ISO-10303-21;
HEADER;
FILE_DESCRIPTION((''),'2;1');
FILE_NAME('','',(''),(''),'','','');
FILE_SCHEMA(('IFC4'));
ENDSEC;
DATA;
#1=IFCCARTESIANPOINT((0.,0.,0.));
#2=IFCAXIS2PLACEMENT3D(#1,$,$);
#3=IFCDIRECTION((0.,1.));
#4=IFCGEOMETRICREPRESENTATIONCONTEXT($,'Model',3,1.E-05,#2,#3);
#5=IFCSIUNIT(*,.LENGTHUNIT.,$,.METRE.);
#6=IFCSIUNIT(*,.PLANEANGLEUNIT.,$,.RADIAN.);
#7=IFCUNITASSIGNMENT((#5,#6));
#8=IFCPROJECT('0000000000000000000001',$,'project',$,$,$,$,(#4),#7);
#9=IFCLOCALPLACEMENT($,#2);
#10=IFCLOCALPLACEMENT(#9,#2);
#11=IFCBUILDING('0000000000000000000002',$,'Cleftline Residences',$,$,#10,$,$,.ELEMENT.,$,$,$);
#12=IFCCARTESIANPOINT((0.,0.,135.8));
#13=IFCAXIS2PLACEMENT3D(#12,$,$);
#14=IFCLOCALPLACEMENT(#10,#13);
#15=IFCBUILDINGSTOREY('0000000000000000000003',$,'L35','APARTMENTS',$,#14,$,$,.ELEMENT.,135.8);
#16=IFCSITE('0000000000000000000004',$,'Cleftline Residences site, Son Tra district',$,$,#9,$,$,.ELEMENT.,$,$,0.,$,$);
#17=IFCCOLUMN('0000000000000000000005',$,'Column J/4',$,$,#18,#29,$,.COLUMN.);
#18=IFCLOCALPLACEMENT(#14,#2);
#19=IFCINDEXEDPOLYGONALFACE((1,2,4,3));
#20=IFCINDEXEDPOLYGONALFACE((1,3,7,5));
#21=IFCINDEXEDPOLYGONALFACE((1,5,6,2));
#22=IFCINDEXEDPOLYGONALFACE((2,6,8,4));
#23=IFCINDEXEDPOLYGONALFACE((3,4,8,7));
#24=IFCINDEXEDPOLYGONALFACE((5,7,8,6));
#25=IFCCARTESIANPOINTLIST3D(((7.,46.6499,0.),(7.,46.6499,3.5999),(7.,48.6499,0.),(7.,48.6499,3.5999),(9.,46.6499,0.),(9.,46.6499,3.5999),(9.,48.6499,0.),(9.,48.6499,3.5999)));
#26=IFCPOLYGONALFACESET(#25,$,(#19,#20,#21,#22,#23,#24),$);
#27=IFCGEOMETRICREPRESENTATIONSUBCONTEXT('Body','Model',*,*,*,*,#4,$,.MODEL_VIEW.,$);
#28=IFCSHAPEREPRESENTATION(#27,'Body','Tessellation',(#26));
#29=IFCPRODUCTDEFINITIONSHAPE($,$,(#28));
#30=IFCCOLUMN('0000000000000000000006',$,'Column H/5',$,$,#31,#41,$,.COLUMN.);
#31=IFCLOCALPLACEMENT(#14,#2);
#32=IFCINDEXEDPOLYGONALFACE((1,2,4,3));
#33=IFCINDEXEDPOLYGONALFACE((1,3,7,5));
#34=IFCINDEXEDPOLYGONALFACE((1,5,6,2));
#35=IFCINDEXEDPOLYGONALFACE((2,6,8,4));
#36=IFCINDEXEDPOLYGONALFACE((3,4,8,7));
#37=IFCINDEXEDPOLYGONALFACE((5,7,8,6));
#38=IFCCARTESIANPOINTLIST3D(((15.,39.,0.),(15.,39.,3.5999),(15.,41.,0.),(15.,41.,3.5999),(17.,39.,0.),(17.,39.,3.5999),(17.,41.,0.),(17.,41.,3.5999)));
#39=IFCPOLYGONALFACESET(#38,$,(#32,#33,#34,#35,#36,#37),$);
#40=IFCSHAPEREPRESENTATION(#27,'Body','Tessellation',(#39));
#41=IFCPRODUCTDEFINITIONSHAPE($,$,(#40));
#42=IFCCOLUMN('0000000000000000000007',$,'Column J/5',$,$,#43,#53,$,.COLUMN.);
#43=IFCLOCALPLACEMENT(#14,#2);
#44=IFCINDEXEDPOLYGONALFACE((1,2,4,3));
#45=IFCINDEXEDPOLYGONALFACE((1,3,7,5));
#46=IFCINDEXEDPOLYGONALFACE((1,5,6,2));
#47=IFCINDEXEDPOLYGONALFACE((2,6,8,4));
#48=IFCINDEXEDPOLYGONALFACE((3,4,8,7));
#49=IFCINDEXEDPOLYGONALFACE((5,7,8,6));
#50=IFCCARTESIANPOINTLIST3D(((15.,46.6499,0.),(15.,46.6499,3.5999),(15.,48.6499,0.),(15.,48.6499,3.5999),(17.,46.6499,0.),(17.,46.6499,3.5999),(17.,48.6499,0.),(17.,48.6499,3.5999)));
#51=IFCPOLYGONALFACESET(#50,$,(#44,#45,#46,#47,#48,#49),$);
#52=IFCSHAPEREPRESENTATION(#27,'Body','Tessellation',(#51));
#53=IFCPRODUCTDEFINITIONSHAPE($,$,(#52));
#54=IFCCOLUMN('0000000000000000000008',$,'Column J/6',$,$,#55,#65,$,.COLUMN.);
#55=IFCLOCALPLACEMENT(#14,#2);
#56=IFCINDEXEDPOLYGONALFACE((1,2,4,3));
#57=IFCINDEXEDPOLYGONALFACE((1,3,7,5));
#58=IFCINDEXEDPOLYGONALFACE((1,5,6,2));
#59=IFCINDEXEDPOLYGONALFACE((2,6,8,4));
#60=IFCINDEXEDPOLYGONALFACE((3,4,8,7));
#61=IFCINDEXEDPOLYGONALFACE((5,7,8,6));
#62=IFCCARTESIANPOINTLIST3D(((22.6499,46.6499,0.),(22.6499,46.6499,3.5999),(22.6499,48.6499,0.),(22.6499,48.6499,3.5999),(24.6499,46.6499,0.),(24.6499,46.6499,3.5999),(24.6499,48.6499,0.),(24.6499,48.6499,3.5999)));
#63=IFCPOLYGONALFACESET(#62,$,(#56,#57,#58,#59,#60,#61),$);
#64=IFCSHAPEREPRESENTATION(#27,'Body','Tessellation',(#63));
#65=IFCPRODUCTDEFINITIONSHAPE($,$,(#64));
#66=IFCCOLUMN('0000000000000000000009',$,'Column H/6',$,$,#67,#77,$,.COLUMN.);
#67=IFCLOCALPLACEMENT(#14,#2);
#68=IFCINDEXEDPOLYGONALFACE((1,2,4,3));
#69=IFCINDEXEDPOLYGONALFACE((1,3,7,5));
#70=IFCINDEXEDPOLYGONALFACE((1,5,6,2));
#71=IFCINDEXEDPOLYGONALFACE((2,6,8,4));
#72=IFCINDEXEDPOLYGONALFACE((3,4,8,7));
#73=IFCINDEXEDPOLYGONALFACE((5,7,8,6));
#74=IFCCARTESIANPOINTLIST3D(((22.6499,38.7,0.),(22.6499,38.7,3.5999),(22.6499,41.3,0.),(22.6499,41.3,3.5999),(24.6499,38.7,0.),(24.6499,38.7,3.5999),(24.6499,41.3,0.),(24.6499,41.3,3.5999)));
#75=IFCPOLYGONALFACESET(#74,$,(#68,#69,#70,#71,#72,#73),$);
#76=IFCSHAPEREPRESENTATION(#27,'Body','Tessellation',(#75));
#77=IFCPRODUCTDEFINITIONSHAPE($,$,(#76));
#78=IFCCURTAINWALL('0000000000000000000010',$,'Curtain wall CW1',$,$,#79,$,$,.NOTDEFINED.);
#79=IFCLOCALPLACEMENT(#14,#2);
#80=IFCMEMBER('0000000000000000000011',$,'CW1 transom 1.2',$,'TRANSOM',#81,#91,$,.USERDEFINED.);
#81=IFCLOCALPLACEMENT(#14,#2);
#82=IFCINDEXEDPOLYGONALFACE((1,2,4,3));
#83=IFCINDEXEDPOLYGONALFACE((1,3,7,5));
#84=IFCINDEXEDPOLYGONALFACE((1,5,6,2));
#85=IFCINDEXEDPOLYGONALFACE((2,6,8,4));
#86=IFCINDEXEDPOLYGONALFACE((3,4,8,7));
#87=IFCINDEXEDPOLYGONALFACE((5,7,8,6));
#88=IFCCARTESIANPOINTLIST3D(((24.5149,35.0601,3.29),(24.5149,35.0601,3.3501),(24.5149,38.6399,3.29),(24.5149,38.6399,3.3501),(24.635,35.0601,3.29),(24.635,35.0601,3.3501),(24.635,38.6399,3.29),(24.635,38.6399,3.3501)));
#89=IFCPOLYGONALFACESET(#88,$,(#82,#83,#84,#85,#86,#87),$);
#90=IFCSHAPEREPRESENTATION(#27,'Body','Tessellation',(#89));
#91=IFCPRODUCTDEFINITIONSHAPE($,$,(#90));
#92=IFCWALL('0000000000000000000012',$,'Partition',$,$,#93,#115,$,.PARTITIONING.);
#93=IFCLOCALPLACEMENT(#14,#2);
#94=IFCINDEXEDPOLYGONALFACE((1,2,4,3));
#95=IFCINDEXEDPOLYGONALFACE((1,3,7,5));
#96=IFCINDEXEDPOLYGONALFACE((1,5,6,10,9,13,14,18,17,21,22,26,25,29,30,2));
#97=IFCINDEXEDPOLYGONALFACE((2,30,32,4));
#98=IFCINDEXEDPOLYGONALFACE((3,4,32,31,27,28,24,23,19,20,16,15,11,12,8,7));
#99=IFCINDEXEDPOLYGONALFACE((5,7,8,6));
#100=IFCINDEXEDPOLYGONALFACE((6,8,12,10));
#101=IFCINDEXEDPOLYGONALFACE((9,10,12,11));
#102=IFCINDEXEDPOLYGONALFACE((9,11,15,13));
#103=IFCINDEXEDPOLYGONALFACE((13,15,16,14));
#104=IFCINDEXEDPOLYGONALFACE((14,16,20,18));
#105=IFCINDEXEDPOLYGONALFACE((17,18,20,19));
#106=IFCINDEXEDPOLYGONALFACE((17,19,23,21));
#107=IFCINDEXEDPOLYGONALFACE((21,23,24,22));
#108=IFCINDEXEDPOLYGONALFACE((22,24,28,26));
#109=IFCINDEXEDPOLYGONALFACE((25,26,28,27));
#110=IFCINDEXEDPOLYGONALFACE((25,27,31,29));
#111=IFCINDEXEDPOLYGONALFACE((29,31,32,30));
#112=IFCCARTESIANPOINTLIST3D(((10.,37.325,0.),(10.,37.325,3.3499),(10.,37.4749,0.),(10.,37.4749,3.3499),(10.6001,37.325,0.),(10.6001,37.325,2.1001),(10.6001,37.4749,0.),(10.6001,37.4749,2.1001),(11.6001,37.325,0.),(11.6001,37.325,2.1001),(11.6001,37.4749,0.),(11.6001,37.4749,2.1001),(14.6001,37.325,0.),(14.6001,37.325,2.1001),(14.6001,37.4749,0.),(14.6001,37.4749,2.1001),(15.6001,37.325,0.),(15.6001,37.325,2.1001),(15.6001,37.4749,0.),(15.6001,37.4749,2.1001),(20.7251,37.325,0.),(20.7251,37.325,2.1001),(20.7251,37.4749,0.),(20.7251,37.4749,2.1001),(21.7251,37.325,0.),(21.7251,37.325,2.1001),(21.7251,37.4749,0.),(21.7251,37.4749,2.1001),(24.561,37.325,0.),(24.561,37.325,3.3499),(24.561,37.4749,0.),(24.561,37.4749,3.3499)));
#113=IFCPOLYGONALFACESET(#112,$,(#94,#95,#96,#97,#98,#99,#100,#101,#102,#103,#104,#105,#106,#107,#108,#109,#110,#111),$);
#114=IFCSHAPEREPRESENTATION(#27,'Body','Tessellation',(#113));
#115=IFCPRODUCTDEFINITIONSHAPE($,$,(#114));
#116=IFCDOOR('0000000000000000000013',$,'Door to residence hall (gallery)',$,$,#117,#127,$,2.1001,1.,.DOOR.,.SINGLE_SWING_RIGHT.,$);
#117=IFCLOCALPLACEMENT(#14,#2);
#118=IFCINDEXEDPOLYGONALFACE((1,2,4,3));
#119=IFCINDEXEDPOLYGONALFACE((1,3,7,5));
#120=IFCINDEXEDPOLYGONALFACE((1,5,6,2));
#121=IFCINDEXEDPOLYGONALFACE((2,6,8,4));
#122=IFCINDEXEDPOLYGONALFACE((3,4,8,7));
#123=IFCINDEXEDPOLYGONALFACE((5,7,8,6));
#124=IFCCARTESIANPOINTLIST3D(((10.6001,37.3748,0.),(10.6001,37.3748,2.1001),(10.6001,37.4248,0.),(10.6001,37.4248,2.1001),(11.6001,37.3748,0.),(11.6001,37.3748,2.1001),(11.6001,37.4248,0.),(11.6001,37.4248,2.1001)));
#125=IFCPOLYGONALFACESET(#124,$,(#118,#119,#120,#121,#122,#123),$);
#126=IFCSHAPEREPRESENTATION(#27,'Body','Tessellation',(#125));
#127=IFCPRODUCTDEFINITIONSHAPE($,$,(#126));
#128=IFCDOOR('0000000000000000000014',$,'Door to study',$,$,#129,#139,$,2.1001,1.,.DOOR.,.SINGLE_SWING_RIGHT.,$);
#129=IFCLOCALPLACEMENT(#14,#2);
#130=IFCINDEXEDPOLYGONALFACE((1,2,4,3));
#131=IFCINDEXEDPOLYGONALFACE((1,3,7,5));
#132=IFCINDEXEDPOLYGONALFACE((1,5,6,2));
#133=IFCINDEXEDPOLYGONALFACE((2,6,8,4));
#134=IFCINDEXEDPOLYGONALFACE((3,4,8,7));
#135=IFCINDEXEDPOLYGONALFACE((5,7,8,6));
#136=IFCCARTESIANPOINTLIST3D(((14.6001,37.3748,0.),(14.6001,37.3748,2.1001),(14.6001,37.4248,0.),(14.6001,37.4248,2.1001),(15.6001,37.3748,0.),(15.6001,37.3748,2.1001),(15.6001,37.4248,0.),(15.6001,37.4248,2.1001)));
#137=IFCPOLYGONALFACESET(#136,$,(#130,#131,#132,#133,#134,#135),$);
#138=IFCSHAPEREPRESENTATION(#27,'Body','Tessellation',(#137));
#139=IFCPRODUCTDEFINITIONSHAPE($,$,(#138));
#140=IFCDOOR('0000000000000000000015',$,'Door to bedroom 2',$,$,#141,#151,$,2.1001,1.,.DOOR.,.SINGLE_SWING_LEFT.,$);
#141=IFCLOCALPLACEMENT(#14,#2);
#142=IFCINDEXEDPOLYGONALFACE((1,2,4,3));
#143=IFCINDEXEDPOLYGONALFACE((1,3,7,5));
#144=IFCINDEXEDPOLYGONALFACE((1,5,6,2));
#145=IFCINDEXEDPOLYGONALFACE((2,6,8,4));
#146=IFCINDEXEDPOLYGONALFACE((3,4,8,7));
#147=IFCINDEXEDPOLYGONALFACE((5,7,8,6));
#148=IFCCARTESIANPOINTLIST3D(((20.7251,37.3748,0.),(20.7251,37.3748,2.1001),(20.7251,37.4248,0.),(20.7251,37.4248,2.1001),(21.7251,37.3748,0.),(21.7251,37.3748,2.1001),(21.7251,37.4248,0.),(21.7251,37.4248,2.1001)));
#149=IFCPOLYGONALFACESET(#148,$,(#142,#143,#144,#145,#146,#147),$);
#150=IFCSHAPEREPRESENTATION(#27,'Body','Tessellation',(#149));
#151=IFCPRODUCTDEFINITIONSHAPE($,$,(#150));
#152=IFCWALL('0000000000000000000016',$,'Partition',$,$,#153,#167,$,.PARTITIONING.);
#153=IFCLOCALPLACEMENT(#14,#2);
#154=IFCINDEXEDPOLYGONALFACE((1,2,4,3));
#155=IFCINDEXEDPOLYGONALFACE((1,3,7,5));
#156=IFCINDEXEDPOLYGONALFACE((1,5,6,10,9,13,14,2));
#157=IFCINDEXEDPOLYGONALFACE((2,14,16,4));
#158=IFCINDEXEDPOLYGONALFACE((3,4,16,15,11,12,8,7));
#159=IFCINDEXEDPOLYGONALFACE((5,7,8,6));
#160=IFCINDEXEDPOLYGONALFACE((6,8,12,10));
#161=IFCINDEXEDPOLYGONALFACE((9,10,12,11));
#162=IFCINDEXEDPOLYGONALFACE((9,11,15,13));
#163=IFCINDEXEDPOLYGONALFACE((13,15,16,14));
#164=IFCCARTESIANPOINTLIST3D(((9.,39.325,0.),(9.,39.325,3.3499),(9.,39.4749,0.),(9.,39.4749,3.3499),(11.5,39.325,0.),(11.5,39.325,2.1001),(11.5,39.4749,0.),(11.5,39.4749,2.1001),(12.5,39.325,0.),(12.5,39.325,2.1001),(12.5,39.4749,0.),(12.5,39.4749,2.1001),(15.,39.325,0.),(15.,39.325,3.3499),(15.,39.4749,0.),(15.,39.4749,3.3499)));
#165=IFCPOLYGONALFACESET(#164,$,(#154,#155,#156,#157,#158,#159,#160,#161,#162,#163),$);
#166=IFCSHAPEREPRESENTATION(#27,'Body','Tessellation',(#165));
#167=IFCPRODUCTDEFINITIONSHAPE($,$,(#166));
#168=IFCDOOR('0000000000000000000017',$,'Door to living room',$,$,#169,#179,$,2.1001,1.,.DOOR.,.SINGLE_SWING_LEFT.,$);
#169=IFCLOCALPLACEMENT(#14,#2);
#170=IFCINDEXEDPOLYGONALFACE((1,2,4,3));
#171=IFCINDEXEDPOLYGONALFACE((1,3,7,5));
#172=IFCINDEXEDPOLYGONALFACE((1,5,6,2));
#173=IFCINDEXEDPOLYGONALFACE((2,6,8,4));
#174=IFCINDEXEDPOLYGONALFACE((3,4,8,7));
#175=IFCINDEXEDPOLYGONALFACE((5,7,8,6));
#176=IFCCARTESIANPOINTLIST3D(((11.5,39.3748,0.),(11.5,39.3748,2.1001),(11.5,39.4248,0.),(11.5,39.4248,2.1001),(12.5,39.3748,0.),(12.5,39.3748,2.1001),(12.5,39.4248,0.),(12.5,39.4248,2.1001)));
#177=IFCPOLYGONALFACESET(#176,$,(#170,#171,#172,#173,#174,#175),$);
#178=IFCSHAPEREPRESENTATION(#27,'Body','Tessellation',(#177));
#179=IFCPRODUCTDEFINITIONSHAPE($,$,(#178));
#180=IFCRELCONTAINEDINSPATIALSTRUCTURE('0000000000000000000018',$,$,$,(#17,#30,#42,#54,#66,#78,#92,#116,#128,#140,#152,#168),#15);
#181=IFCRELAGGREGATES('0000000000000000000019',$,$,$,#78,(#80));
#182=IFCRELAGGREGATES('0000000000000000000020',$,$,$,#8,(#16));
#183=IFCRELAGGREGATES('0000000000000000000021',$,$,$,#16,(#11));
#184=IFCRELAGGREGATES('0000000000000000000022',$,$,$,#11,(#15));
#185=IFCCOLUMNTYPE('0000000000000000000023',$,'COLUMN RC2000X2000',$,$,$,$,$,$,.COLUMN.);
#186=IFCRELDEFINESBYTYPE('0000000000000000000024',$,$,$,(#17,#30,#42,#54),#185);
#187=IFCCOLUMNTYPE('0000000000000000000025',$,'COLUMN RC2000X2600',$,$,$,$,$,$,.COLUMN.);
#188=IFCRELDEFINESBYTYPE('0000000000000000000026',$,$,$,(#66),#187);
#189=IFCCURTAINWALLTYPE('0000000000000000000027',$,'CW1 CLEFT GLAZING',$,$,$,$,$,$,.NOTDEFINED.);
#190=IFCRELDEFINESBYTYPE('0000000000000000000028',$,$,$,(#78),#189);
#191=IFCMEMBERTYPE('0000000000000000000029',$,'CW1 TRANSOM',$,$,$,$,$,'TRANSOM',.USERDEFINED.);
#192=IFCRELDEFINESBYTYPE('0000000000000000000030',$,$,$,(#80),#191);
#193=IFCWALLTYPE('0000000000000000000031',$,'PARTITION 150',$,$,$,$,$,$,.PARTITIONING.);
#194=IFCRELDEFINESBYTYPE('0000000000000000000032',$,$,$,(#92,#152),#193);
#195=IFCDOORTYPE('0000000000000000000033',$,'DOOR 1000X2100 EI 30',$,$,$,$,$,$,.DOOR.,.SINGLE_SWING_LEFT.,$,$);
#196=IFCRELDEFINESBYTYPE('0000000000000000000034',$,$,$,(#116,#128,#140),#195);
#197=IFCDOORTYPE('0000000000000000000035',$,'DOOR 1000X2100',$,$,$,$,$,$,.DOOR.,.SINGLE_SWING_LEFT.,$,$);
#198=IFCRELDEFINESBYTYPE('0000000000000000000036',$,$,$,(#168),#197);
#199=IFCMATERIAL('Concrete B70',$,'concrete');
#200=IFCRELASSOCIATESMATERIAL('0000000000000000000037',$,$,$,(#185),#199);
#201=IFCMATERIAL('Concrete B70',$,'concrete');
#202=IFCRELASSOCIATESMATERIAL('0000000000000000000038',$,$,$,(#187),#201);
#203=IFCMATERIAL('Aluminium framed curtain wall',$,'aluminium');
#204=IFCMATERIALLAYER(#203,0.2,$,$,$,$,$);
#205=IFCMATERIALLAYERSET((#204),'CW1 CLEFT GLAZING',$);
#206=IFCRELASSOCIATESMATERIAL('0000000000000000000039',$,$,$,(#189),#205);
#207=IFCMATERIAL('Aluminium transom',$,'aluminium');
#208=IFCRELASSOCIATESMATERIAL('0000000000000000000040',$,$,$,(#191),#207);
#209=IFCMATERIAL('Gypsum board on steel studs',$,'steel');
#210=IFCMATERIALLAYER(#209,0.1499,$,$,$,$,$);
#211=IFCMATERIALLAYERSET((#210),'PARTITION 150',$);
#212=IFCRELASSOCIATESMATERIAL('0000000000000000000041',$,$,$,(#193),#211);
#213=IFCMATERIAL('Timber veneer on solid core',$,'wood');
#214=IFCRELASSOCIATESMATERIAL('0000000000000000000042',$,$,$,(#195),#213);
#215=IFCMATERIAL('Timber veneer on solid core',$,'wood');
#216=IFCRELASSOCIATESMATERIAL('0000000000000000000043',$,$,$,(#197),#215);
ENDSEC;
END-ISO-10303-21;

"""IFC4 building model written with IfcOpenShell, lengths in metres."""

from ifc_helpers import new_model, si_unit, direction, frame, frame_2d, origin, origin_2d, place, context, subcontext, project, spatial, rectangle, extrude, material, layer, layer_set, material_profile, profile_set, type_object, element, fill, aggregate, save


model = new_model("IFC4")

# Units and contexts
model_context = context("Model", 3, precision=1e-05, world=origin(), true_north=direction((0.0, 1.0)))
body_context = subcontext(model_context, "Body", "Model", "MODEL_VIEW")
ifc_project = project(units=[si_unit("LENGTHUNIT", "METRE"), si_unit("PLANEANGLEUNIT", "RADIAN")], contexts=[model_context])

# Site, building, storey
site_placement = place(None, origin())
site = spatial("IfcSite", under=ifc_project, at=site_placement, Name="Cleftline Residences site, Son Tra district", CompositionType="ELEMENT", RefElevation=0.0)
building_placement = place(site_placement, origin())
building = spatial("IfcBuilding", under=site, at=building_placement, Name="Cleftline Residences", CompositionType="ELEMENT")
storey_placement = place(building_placement, frame((0.0, 0.0, 135.8)))
storey = spatial("IfcBuildingStorey", under=building, at=storey_placement, Name="L35", Description="APARTMENTS", CompositionType="ELEMENT", Elevation=135.8)

# Columns
ifc_material_1 = material(Name="Concrete B70", Category="concrete")
ifc_material_profile_1 = material_profile(ifc_material_1, rectangle(XDim=2.0, YDim=2.0, at=origin_2d()))
ifc_profile_set_1 = profile_set([ifc_material_profile_1], Name="Concrete B70")
column_type_1 = type_object("IfcColumnType", Name="COLUMN RC2000X2000", PredefinedType="COLUMN", material=ifc_profile_set_1)
for number, where, z_axis, x_axis, name in (
    (1, (8.0, 47.6499, 0.0), (0.0, 0.0, 1.0), (1.0, 0.0, 0.0), "Column J/4"),
    (2, (16.0, 40.0, 0.0), (0.0, 0.0, 1.0), (1.0, 0.0, 0.0), "Column H/5"),
    (3, (16.0, 47.6499, 0.0), (0.0, 0.0, 1.0), (1.0, 0.0, 0.0), "Column J/5"),
    (4, (23.6499, 47.6499, 0.0), (0.0, 0.0, 1.0), (1.0, 0.0, 0.0), "Column J/6"),
):
    element("IfcColumn", number, at=place(storey_placement, frame(where, z_axis=z_axis, x_axis=x_axis)), inside=storey, type_object=column_type_1, Name=name, PredefinedType="COLUMN", context=body_context, shape_type="SweptSolid", body=[
        extrude(rectangle(XDim=2.0, YDim=2.0, at=origin_2d()), origin(), (0.0, 0.0, 1.0), 3.5999),
    ])
ifc_material_2 = material(Name="Concrete B70", Category="concrete")
ifc_material_profile_2 = material_profile(ifc_material_2, rectangle(XDim=2.0, YDim=2.6001, at=origin_2d()))
ifc_profile_set_2 = profile_set([ifc_material_profile_2], Name="Concrete B70")
column_type_2 = type_object("IfcColumnType", Name="COLUMN RC2000X2600", PredefinedType="COLUMN", material=ifc_profile_set_2)
column_placement = place(storey_placement, frame((23.6499, 40.0, 0.0), z_axis=(0.0, 0.0, 1.0), x_axis=(1.0, 0.0, 0.0)))
element("IfcColumn", 5, at=column_placement, inside=storey, type_object=column_type_2, Name="Column H/6", PredefinedType="COLUMN", context=body_context, shape_type="SweptSolid", body=[
    extrude(rectangle(XDim=2.0, YDim=2.6001, at=origin_2d()), origin(), (0.0, 0.0, 1.0), 3.5999),
])

# Curtain wall, member
ifc_material_3 = material(Name="Aluminium framed curtain wall", Category="aluminium")
ifc_layer_1 = layer(ifc_material_3, 0.2)
ifc_layer_set_1 = layer_set([ifc_layer_1], Name="CW1 CLEFT GLAZING")
curtain_wall_type = type_object("IfcCurtainWallType", Name="CW1 CLEFT GLAZING", PredefinedType="NOTDEFINED", material=ifc_layer_set_1)
curtain_wall_placement = place(storey_placement, origin())
curtain_wall = element("IfcCurtainWall", 6, at=curtain_wall_placement, inside=storey, type_object=curtain_wall_type, Name="Curtain wall CW1", PredefinedType="NOTDEFINED")
ifc_material_4 = material(Name="Aluminium transom", Category="aluminium")
ifc_material_profile_3 = material_profile(ifc_material_4, rectangle(XDim=0.1201, YDim=0.0601, at=origin_2d()))
ifc_profile_set_3 = profile_set([ifc_material_profile_3], Name="Aluminium transom")
member_type = type_object("IfcMemberType", Name="CW1 TRANSOM", ElementType="TRANSOM", PredefinedType="USERDEFINED", material=ifc_profile_set_3)
member_placement = place(storey_placement, frame((24.575, 35.0601, 3.3201), z_axis=(0.0, 1.0, 0.0), x_axis=(-1.0, 0.0, 0.0)))
member = element("IfcMember", 7, at=member_placement, type_object=member_type, Name="CW1 transom 1.2", ObjectType="TRANSOM", PredefinedType="USERDEFINED", context=body_context, shape_type="SweptSolid", body=[
    extrude(rectangle(XDim=0.1201, YDim=0.0601, at=origin_2d()), origin(), (0.0, 0.0, 1.0), 3.5798),
])
aggregate(curtain_wall, [member])

# Wall, openings, doors
ifc_material_5 = material(Name="Gypsum board on steel studs", Category="steel")
ifc_layer_2 = layer(ifc_material_5, 0.1499)
ifc_layer_set_2 = layer_set([ifc_layer_2], Name="PARTITION 150")
wall_type = type_object("IfcWallType", Name="PARTITION 150", PredefinedType="PARTITIONING", material=ifc_layer_set_2)
wall_1_placement = place(storey_placement, frame((10.0, 37.3999, 0.0), z_axis=(0.0, 0.0, 1.0), x_axis=(1.0, 0.0, 0.0)))
wall_1 = element("IfcWall", 8, at=wall_1_placement, inside=storey, type_object=wall_type, Name="Partition", PredefinedType="PARTITIONING", context=body_context, shape_type="SweptSolid", body=[
    extrude(rectangle(XDim=14.561, YDim=0.1499, at=frame_2d((7.2805, 0.0))), origin(), (0.0, 0.0, 1.0), 3.3499),
])
opening_1_placement = place(wall_1_placement, frame((0.6001, 0.0, 0.0)))
opening_1 = element("IfcOpeningElement", 9, at=opening_1_placement, cuts=wall_1, PredefinedType="OPENING", context=body_context, shape_type="SweptSolid", body=[
    extrude(rectangle(XDim=1.0, YDim=2.1001, at=frame_2d((0.5, 1.05))), frame((0.0, 0.085, 0.0), z_axis=(0.0, -1.0, 0.0), x_axis=(1.0, 0.0, 0.0)), (0.0, 0.0, 1.0), 0.1699),
])
opening_2_placement = place(wall_1_placement, frame((4.6001, 0.0, 0.0)))
opening_2 = element("IfcOpeningElement", 10, at=opening_2_placement, cuts=wall_1, PredefinedType="OPENING", context=body_context, shape_type="SweptSolid", body=[
    extrude(rectangle(XDim=1.0, YDim=2.1001, at=frame_2d((0.5, 1.05))), frame((0.0, 0.085, 0.0), z_axis=(0.0, -1.0, 0.0), x_axis=(1.0, 0.0, 0.0)), (0.0, 0.0, 1.0), 0.1699),
])
opening_3_placement = place(wall_1_placement, frame((10.7251, 0.0, 0.0)))
opening_3 = element("IfcOpeningElement", 11, at=opening_3_placement, cuts=wall_1, PredefinedType="OPENING", context=body_context, shape_type="SweptSolid", body=[
    extrude(rectangle(XDim=1.0, YDim=2.1001, at=frame_2d((0.5, 1.05))), frame((0.0, 0.085, 0.0), z_axis=(0.0, -1.0, 0.0), x_axis=(1.0, 0.0, 0.0)), (0.0, 0.0, 1.0), 0.1699),
])
ifc_material_6 = material(Name="Timber veneer on solid core", Category="wood")
door_type_1 = type_object("IfcDoorType", Name="DOOR 1000X2100 EI 30", OperationType="SINGLE_SWING_LEFT", PredefinedType="DOOR", material=ifc_material_6)
door_1_placement = place(opening_1_placement, origin())
door_1 = element("IfcDoor", 12, at=door_1_placement, inside=storey, type_object=door_type_1, Name="Door to residence hall (gallery)", OperationType="SINGLE_SWING_RIGHT", OverallHeight=2.1001, OverallWidth=1.0, PredefinedType="DOOR", context=body_context, shape_type="SweptSolid", body=[
    extrude(rectangle(XDim=1.0, YDim=2.1001, at=frame_2d((0.5, 1.05))), frame((0.0, 0.0249, 0.0), z_axis=(0.0, -1.0, 0.0), x_axis=(1.0, 0.0, 0.0)), (0.0, 0.0, 1.0), 0.05),
])
fill(opening_1, door_1)
door_2_placement = place(opening_2_placement, origin())
door_2 = element("IfcDoor", 13, at=door_2_placement, inside=storey, type_object=door_type_1, Name="Door to study", OperationType="SINGLE_SWING_RIGHT", OverallHeight=2.1001, OverallWidth=1.0, PredefinedType="DOOR", context=body_context, shape_type="SweptSolid", body=[
    extrude(rectangle(XDim=1.0, YDim=2.1001, at=frame_2d((0.5, 1.05))), frame((0.0, 0.0249, 0.0), z_axis=(0.0, -1.0, 0.0), x_axis=(1.0, 0.0, 0.0)), (0.0, 0.0, 1.0), 0.05),
])
fill(opening_2, door_2)
door_3_placement = place(opening_3_placement, origin())
door_3 = element("IfcDoor", 14, at=door_3_placement, inside=storey, type_object=door_type_1, Name="Door to bedroom 2", OperationType="SINGLE_SWING_LEFT", OverallHeight=2.1001, OverallWidth=1.0, PredefinedType="DOOR", context=body_context, shape_type="SweptSolid", body=[
    extrude(rectangle(XDim=1.0, YDim=2.1001, at=frame_2d((0.5, 1.05))), frame((0.0, 0.0249, 0.0), z_axis=(0.0, -1.0, 0.0), x_axis=(1.0, 0.0, 0.0)), (0.0, 0.0, 1.0), 0.05),
])
fill(opening_3, door_3)

# Wall, opening, door
wall_2_placement = place(storey_placement, frame((9.0, 39.3999, 0.0), z_axis=(0.0, 0.0, 1.0), x_axis=(1.0, 0.0, 0.0)))
wall_2 = element("IfcWall", 15, at=wall_2_placement, inside=storey, type_object=wall_type, Name="Partition", PredefinedType="PARTITIONING", context=body_context, shape_type="SweptSolid", body=[
    extrude(rectangle(XDim=6.0, YDim=0.1499, at=frame_2d((3.0, 0.0))), origin(), (0.0, 0.0, 1.0), 3.3499),
])
opening_4_placement = place(wall_2_placement, frame((2.5, 0.0, 0.0)))
opening_4 = element("IfcOpeningElement", 16, at=opening_4_placement, cuts=wall_2, PredefinedType="OPENING", context=body_context, shape_type="SweptSolid", body=[
    extrude(rectangle(XDim=1.0, YDim=2.1001, at=frame_2d((0.5, 1.05))), frame((0.0, 0.085, 0.0), z_axis=(0.0, -1.0, 0.0), x_axis=(1.0, 0.0, 0.0)), (0.0, 0.0, 1.0), 0.1699),
])
ifc_material_7 = material(Name="Timber veneer on solid core", Category="wood")
door_type_2 = type_object("IfcDoorType", Name="DOOR 1000X2100", OperationType="SINGLE_SWING_LEFT", PredefinedType="DOOR", material=ifc_material_7)
door_4_placement = place(opening_4_placement, origin())
door_4 = element("IfcDoor", 17, at=door_4_placement, inside=storey, type_object=door_type_2, Name="Door to living room", OperationType="SINGLE_SWING_LEFT", OverallHeight=2.1001, OverallWidth=1.0, PredefinedType="DOOR", context=body_context, shape_type="SweptSolid", body=[
    extrude(rectangle(XDim=1.0, YDim=2.1001, at=frame_2d((0.5, 1.05))), frame((0.0, 0.0249, 0.0), z_axis=(0.0, -1.0, 0.0), x_axis=(1.0, 0.0, 0.0)), (0.0, 0.0, 1.0), 0.05),
])
fill(opening_4, door_4)

save(model, "model.ifc")
